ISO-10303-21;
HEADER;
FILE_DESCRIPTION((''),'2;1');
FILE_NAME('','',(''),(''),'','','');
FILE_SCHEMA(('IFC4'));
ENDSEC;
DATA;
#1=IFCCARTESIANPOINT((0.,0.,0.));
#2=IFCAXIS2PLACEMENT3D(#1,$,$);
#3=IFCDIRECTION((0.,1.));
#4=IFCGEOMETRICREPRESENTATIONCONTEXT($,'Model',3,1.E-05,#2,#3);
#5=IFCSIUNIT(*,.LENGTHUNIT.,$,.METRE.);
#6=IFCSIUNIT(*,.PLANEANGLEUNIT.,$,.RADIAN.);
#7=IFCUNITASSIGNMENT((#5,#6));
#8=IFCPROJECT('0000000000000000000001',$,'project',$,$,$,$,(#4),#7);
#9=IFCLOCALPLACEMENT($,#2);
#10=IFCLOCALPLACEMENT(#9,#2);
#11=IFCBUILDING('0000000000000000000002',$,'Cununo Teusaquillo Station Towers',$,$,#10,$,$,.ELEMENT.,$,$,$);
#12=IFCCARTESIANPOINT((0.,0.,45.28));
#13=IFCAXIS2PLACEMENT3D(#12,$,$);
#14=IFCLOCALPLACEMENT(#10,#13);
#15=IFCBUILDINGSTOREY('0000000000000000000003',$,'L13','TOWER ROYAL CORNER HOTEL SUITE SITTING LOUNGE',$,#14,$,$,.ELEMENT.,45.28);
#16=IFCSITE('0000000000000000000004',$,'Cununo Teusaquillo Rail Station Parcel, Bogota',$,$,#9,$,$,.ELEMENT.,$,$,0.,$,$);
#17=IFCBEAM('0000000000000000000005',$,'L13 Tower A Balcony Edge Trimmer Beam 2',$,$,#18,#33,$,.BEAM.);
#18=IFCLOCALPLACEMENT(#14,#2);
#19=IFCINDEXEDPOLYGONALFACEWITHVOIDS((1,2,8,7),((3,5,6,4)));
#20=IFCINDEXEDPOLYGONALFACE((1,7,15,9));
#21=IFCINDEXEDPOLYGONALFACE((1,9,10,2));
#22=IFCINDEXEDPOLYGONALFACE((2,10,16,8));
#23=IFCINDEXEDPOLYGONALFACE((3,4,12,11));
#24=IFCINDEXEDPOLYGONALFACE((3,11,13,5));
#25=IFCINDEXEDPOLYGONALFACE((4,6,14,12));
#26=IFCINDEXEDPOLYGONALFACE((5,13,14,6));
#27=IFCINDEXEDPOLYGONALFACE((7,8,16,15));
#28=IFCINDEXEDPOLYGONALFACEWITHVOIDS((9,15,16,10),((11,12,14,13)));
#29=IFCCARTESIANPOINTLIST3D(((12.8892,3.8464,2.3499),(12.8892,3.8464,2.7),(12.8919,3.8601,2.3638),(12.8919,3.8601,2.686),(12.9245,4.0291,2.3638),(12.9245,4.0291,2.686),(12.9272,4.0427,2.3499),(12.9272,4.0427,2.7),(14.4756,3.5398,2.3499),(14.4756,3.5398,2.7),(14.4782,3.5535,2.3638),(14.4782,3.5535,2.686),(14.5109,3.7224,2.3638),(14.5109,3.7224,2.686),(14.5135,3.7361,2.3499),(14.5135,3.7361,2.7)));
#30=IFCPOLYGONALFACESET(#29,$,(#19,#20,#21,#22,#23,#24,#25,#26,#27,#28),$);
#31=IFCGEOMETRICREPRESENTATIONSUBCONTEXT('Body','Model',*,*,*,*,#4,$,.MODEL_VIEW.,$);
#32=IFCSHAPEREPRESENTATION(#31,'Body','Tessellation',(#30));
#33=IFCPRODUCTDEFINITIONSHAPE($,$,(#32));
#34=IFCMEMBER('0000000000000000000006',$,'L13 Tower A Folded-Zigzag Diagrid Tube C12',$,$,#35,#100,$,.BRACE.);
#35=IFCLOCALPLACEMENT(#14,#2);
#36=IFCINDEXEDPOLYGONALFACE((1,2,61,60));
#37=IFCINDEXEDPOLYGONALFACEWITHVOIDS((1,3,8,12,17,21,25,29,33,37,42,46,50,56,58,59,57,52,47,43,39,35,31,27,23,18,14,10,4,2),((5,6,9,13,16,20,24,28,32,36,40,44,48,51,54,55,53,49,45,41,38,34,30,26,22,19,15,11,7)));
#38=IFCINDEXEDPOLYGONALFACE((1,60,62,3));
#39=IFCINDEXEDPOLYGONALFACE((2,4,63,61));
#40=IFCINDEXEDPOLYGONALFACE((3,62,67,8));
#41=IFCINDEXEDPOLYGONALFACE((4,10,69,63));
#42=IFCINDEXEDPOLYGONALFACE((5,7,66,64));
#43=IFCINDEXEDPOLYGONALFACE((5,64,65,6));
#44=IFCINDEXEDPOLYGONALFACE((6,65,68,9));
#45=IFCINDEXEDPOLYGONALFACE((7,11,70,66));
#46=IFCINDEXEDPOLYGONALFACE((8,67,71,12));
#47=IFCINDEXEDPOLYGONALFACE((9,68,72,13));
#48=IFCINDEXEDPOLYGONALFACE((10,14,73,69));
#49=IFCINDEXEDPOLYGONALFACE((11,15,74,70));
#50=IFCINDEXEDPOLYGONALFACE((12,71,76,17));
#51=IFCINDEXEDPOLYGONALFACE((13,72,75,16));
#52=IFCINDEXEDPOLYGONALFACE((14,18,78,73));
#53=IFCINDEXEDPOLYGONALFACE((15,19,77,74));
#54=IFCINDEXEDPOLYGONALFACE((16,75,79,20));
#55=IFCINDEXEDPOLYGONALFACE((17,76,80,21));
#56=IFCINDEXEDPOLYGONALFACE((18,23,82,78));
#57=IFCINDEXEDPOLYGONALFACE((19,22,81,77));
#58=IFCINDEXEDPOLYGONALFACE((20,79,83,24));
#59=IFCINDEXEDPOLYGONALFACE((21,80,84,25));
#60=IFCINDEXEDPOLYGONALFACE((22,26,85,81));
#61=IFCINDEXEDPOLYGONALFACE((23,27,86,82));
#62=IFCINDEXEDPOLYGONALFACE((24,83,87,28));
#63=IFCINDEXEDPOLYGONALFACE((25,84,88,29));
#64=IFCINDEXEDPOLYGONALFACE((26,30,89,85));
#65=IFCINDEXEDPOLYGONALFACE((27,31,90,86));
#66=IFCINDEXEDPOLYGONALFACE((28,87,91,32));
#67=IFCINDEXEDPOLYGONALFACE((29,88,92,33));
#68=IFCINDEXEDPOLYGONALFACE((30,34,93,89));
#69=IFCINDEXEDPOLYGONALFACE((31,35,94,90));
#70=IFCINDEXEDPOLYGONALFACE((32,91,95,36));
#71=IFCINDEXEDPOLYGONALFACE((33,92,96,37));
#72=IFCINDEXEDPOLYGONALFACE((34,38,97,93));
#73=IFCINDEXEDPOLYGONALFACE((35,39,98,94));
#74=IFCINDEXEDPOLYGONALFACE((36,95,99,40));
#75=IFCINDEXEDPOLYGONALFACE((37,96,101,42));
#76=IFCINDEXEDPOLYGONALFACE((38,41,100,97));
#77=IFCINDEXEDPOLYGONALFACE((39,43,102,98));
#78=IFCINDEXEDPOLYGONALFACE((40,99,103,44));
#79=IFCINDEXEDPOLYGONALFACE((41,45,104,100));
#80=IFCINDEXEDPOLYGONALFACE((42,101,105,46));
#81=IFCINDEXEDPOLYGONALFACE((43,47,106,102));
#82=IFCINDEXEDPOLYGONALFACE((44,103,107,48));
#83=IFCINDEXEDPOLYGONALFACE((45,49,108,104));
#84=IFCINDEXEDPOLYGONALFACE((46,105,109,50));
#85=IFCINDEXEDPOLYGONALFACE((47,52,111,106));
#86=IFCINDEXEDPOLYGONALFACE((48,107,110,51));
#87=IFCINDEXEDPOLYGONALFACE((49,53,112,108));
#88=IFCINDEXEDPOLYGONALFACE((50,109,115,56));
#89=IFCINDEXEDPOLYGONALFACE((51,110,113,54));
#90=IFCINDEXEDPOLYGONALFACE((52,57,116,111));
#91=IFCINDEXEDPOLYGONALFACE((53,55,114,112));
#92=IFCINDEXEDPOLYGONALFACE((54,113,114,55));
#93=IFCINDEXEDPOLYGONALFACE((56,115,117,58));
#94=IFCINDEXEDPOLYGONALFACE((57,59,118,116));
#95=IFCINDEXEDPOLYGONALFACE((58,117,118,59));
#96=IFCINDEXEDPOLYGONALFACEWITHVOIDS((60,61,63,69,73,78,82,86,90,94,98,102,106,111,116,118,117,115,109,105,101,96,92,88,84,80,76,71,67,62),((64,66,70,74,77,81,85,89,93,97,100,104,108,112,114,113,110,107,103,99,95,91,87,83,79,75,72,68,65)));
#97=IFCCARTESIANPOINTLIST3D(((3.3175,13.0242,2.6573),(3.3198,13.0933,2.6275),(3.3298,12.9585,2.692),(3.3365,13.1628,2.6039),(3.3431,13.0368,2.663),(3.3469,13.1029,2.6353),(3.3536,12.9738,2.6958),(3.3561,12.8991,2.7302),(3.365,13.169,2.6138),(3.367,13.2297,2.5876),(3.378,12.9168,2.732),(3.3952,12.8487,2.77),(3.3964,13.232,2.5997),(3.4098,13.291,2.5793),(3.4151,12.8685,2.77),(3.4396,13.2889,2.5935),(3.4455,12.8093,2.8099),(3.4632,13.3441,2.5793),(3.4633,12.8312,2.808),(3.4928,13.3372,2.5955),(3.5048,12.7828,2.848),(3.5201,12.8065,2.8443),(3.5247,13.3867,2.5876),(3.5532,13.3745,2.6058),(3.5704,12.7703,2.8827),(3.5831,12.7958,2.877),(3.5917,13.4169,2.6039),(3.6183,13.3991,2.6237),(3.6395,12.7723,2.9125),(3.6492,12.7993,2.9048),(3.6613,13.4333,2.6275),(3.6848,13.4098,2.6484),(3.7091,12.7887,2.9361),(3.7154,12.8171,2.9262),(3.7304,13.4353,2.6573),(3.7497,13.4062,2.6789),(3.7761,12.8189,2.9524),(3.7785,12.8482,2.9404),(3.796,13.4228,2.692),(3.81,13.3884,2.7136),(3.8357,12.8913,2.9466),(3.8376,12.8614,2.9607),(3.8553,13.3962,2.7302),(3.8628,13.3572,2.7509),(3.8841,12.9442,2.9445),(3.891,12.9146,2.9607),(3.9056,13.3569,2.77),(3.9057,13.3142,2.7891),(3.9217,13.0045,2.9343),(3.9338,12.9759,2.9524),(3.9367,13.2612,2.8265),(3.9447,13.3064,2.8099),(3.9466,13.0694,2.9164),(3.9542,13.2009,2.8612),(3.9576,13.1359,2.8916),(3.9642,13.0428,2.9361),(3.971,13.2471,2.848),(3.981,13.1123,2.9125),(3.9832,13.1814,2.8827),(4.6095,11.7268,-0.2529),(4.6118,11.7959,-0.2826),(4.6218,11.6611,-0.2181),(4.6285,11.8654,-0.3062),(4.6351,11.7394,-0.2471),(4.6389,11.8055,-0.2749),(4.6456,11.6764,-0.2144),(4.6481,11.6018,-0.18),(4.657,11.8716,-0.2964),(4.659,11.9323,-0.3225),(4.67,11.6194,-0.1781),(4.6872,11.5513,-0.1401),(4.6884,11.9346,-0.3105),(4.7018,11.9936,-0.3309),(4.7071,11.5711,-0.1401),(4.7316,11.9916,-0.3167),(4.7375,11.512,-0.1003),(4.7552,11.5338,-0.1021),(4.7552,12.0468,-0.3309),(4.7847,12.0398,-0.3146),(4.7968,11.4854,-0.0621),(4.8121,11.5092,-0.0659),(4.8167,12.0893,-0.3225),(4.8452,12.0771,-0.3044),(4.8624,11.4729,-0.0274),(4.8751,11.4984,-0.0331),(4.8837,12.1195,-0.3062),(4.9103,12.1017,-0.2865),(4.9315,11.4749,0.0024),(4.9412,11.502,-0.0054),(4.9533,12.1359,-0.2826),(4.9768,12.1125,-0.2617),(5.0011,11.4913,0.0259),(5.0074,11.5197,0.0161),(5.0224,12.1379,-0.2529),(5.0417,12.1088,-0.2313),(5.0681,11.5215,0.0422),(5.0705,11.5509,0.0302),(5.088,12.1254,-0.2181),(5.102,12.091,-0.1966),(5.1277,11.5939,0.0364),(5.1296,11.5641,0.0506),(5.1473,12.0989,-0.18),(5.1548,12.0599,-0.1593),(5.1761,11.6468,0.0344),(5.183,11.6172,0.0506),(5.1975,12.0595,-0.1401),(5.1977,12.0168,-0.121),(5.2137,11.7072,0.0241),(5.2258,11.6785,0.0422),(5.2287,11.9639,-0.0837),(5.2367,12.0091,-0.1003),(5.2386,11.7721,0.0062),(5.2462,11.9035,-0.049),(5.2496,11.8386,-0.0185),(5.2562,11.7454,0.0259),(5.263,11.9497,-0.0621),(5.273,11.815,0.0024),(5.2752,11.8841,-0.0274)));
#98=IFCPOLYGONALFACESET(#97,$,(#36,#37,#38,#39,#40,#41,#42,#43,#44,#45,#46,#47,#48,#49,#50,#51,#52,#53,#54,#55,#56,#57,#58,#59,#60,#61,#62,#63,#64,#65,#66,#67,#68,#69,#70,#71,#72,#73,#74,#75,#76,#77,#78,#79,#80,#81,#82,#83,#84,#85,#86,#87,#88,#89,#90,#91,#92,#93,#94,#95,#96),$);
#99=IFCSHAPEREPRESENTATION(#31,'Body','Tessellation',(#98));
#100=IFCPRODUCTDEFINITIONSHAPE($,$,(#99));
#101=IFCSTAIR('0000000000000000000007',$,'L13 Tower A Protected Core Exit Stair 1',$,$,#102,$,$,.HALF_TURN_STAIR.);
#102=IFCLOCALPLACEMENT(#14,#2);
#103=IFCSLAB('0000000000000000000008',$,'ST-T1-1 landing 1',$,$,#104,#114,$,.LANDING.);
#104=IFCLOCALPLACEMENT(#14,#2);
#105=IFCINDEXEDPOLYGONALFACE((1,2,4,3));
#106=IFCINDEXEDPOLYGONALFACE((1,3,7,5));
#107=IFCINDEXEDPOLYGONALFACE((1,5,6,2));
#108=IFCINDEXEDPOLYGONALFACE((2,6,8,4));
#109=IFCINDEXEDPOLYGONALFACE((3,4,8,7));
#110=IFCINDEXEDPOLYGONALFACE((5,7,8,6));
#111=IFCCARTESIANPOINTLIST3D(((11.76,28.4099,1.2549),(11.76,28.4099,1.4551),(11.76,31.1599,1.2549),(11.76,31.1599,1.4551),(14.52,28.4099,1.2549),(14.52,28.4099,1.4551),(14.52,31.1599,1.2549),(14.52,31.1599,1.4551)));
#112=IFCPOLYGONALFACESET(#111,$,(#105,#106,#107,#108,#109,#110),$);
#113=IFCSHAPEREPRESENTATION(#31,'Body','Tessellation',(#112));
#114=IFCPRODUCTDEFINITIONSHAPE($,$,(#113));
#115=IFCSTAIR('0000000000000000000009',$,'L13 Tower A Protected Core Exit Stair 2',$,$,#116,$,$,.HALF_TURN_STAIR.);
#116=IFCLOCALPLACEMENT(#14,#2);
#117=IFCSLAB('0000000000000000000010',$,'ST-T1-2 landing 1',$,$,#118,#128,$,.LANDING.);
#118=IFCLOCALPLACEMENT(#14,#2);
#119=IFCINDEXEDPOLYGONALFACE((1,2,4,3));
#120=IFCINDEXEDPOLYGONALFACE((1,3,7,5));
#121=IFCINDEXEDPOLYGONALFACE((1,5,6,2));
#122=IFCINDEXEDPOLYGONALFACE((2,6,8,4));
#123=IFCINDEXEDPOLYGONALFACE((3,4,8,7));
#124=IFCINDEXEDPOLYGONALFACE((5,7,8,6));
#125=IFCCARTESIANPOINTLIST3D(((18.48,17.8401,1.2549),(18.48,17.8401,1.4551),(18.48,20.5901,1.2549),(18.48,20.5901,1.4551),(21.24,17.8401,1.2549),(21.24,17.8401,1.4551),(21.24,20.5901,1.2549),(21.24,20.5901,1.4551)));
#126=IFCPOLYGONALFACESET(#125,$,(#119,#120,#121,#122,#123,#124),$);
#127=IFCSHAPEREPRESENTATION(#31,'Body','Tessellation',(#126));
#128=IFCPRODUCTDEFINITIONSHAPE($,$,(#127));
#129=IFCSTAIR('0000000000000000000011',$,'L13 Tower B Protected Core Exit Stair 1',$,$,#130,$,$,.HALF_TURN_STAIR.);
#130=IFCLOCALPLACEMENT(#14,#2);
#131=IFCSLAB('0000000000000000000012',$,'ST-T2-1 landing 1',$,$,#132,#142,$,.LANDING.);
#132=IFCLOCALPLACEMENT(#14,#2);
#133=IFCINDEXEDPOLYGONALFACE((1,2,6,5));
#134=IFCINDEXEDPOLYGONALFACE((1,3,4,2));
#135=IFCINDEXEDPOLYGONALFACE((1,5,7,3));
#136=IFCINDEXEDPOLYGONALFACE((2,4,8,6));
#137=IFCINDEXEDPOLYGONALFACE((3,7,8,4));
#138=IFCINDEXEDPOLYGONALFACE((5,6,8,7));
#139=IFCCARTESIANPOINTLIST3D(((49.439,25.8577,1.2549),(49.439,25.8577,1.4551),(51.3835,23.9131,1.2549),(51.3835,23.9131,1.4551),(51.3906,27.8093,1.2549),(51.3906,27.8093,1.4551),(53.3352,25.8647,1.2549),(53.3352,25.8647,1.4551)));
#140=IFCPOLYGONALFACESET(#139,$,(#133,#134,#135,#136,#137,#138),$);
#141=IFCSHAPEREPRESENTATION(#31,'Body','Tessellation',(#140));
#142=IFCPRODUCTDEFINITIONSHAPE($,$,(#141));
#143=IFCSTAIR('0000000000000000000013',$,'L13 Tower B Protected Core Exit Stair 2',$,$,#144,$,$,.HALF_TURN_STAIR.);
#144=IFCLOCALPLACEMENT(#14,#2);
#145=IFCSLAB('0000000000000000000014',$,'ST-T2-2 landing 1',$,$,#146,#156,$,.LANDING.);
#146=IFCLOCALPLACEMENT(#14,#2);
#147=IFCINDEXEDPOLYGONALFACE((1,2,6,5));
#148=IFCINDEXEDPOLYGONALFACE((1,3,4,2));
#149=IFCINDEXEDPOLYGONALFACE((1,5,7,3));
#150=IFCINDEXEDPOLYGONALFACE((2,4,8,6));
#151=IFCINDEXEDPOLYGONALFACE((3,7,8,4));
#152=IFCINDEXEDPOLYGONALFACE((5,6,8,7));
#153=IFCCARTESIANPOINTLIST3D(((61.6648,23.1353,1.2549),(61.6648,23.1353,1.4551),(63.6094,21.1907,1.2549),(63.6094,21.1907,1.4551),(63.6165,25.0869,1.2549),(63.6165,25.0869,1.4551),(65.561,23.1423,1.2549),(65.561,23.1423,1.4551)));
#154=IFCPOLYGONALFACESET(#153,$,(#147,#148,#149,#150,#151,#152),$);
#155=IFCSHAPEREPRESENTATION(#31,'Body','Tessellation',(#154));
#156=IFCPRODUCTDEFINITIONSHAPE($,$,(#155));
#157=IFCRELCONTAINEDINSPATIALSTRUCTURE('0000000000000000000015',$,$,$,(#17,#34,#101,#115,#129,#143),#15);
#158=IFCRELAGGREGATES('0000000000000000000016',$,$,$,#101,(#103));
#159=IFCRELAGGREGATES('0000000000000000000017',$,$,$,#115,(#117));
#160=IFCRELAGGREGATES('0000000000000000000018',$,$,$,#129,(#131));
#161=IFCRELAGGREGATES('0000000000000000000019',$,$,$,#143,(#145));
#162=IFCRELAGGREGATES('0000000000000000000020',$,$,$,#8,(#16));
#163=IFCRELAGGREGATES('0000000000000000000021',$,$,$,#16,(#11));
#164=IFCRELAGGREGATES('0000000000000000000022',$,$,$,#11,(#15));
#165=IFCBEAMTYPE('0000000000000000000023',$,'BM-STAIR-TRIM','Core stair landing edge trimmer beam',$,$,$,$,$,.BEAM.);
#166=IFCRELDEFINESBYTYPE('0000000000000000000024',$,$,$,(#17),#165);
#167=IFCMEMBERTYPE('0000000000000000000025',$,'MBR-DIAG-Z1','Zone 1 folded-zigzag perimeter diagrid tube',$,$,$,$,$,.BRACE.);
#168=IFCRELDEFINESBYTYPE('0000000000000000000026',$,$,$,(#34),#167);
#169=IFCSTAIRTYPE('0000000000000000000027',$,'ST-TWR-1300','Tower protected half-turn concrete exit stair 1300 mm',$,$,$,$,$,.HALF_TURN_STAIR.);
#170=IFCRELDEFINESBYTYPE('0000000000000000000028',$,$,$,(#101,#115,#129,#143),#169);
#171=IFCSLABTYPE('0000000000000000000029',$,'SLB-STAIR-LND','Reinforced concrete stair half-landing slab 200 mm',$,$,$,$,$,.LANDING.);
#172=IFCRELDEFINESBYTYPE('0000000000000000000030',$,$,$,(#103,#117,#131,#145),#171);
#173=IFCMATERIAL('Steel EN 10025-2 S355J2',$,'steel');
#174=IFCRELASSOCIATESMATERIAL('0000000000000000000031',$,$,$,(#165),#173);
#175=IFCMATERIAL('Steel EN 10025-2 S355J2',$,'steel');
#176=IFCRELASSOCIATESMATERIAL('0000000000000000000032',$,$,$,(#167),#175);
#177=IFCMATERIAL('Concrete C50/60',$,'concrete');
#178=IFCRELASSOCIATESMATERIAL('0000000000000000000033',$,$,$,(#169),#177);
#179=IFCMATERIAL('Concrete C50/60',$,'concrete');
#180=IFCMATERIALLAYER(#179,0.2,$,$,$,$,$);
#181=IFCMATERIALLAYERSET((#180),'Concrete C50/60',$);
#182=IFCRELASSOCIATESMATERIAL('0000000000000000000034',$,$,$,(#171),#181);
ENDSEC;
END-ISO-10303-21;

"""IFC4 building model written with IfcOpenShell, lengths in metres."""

from ifc_helpers import new_model, si_unit, direction, frame, origin, origin_2d, place, context, subcontext, project, spatial, polyline, hollow_rectangle, hollow_circle, outline, extrude, material, layer, layer_set, material_profile, profile_set, type_object, element, aggregate, save


model = new_model("IFC4")

# Units and contexts
model_context = context("Model", 3, precision=1e-05, world=origin(), true_north=direction((0.0, 1.0)))
body_context = subcontext(model_context, "Body", "Model", "MODEL_VIEW")
ifc_project = project(units=[si_unit("LENGTHUNIT", "METRE"), si_unit("PLANEANGLEUNIT", "RADIAN")], contexts=[model_context])

# Site, building, storey
site_placement = place(None, origin())
site = spatial("IfcSite", under=ifc_project, at=site_placement, Name="Cununo Teusaquillo Rail Station Parcel, Bogota", CompositionType="ELEMENT", RefElevation=0.0)
building_placement = place(site_placement, origin())
building = spatial("IfcBuilding", under=site, at=building_placement, Name="Cununo Teusaquillo Station Towers", CompositionType="ELEMENT")
storey_placement = place(building_placement, frame((0.0, 0.0, 45.28)))
storey = spatial("IfcBuildingStorey", under=building, at=storey_placement, Name="L13", Description="TOWER ROYAL CORNER HOTEL SUITE SITTING LOUNGE", CompositionType="ELEMENT", Elevation=45.28)

# Beam
ifc_material_1 = material(Name="Steel EN 10025-2 S355J2", Category="steel")
ifc_material_profile_1 = material_profile(ifc_material_1, hollow_rectangle(XDim=0.2, YDim=0.3501, WallThickness=0.0139, at=origin_2d()), Name="RHS 350x200x14")
ifc_profile_set_1 = profile_set([ifc_material_profile_1], Name="Steel EN 10025-2 S355J2")
beam_type_1 = type_object("IfcBeamType", Name="BM-STAIR-TRIM", Description="Core stair landing edge trimmer beam", PredefinedType="BEAM", material=ifc_profile_set_1)
beam_1_placement = place(storey_placement, frame((12.9082, 3.9446, 2.5249), z_axis=(0.981827, -0.189778, 0.0), x_axis=(0.189778, 0.981827, 0.0)))
element("IfcBeam", 1, at=beam_1_placement, inside=storey, type_object=beam_type_1, Name="L13 Tower A Balcony Edge Trimmer Beam 2", PredefinedType="BEAM", context=body_context, shape_type="SweptSolid", body=[
    extrude(hollow_rectangle(XDim=0.2, YDim=0.3501, WallThickness=0.0139, at=origin_2d()), origin(), (0.0, 0.0, 1.0), 1.6157),
])

# Member
ifc_material_2 = material(Name="Steel EN 10025-2 S355J2", Category="steel")
ifc_material_profile_2 = material_profile(ifc_material_2, hollow_circle(Radius=0.3601, WallThickness=0.0281, at=origin_2d()), Name="CHS 720x28")
ifc_profile_set_2 = profile_set([ifc_material_profile_2], Name="Steel EN 10025-2 S355J2")
member_type = type_object("IfcMemberType", Name="MBR-DIAG-Z1", Description="Zone 1 folded-zigzag perimeter diagrid tube", PredefinedType="BRACE", material=ifc_profile_set_2)
member_placement = place(storey_placement, frame((4.9424, 11.8054, -0.1401), z_axis=(-0.375773, 0.377335, 0.846412), x_axis=(-0.708572, -0.705639, 0.0)))
element("IfcMember", 2, at=member_placement, inside=storey, type_object=member_type, Name="L13 Tower A Folded-Zigzag Diagrid Tube C12", PredefinedType="BRACE", context=body_context, shape_type="SweptSolid", body=[
    extrude(hollow_circle(Radius=0.3601, WallThickness=0.0281, at=origin_2d()), origin(), (0.0, 0.0, 1.0), 3.4382),
])

# Stairs, slabs
ifc_material_3 = material(Name="Concrete C50/60", Category="concrete")
stair_type = type_object("IfcStairType", Name="ST-TWR-1300", Description="Tower protected half-turn concrete exit stair 1300 mm", PredefinedType="HALF_TURN_STAIR", material=ifc_material_3)
stair_1_placement = place(storey_placement, origin())
stair_1 = element("IfcStair", 3, at=stair_1_placement, inside=storey, type_object=stair_type, Name="L13 Tower A Protected Core Exit Stair 1", PredefinedType="HALF_TURN_STAIR")
ifc_material_4 = material(Name="Concrete C50/60", Category="concrete")
ifc_layer_1 = layer(ifc_material_4, 0.2)
ifc_layer_set_1 = layer_set([ifc_layer_1], Name="Concrete C50/60")
slab_type_1 = type_object("IfcSlabType", Name="SLB-STAIR-LND", Description="Reinforced concrete stair half-landing slab 200 mm", PredefinedType="LANDING", material=ifc_layer_set_1)
slab_1_placement = place(storey_placement, frame((0.0, 0.0, 1.2549)))
slab_1 = element("IfcSlab", 4, at=slab_1_placement, type_object=slab_type_1, Name="ST-T1-1 landing 1", PredefinedType="LANDING", context=body_context, shape_type="SweptSolid", body=[
    extrude(outline(polyline([(14.52, 28.4099), (14.52, 31.1599), (11.76, 31.1599), (11.76, 28.4099), (14.52, 28.4099)])), origin(), (0.0, 0.0, 1.0), 0.2002),
])
aggregate(stair_1, [slab_1])
stair_2_placement = place(storey_placement, origin())
stair_2 = element("IfcStair", 5, at=stair_2_placement, inside=storey, type_object=stair_type, Name="L13 Tower A Protected Core Exit Stair 2", PredefinedType="HALF_TURN_STAIR")
slab_2_placement = place(storey_placement, frame((0.0, 0.0, 1.2549)))
slab_2 = element("IfcSlab", 6, at=slab_2_placement, type_object=slab_type_1, Name="ST-T1-2 landing 1", PredefinedType="LANDING", context=body_context, shape_type="SweptSolid", body=[
    extrude(outline(polyline([(18.48, 20.5901), (18.48, 17.8401), (21.24, 17.8401), (21.24, 20.5901), (18.48, 20.5901)])), origin(), (0.0, 0.0, 1.0), 0.2002),
])
aggregate(stair_2, [slab_2])
stair_3_placement = place(storey_placement, origin())
stair_3 = element("IfcStair", 7, at=stair_3_placement, inside=storey, type_object=stair_type, Name="L13 Tower B Protected Core Exit Stair 1", PredefinedType="HALF_TURN_STAIR")
slab_3_placement = place(storey_placement, frame((0.0, 0.0, 1.2549)))
slab_3 = element("IfcSlab", 8, at=slab_3_placement, type_object=slab_type_1, Name="ST-T2-1 landing 1", PredefinedType="LANDING", context=body_context, shape_type="SweptSolid", body=[
    extrude(outline(polyline([(53.3352, 25.8647), (51.3906, 27.8093), (49.439, 25.8577), (51.3835, 23.9131), (53.3352, 25.8647)])), origin(), (0.0, 0.0, 1.0), 0.2002),
])
aggregate(stair_3, [slab_3])
stair_4_placement = place(storey_placement, origin())
stair_4 = element("IfcStair", 9, at=stair_4_placement, inside=storey, type_object=stair_type, Name="L13 Tower B Protected Core Exit Stair 2", PredefinedType="HALF_TURN_STAIR")
slab_4_placement = place(storey_placement, frame((0.0, 0.0, 1.2549)))
slab_4 = element("IfcSlab", 10, at=slab_4_placement, type_object=slab_type_1, Name="ST-T2-2 landing 1", PredefinedType="LANDING", context=body_context, shape_type="SweptSolid", body=[
    extrude(outline(polyline([(61.6648, 23.1353), (63.6094, 21.1907), (65.561, 23.1423), (63.6165, 25.0869), (61.6648, 23.1353)])), origin(), (0.0, 0.0, 1.0), 0.2002),
])
aggregate(stair_4, [slab_4])

save(model, "model.ifc")
